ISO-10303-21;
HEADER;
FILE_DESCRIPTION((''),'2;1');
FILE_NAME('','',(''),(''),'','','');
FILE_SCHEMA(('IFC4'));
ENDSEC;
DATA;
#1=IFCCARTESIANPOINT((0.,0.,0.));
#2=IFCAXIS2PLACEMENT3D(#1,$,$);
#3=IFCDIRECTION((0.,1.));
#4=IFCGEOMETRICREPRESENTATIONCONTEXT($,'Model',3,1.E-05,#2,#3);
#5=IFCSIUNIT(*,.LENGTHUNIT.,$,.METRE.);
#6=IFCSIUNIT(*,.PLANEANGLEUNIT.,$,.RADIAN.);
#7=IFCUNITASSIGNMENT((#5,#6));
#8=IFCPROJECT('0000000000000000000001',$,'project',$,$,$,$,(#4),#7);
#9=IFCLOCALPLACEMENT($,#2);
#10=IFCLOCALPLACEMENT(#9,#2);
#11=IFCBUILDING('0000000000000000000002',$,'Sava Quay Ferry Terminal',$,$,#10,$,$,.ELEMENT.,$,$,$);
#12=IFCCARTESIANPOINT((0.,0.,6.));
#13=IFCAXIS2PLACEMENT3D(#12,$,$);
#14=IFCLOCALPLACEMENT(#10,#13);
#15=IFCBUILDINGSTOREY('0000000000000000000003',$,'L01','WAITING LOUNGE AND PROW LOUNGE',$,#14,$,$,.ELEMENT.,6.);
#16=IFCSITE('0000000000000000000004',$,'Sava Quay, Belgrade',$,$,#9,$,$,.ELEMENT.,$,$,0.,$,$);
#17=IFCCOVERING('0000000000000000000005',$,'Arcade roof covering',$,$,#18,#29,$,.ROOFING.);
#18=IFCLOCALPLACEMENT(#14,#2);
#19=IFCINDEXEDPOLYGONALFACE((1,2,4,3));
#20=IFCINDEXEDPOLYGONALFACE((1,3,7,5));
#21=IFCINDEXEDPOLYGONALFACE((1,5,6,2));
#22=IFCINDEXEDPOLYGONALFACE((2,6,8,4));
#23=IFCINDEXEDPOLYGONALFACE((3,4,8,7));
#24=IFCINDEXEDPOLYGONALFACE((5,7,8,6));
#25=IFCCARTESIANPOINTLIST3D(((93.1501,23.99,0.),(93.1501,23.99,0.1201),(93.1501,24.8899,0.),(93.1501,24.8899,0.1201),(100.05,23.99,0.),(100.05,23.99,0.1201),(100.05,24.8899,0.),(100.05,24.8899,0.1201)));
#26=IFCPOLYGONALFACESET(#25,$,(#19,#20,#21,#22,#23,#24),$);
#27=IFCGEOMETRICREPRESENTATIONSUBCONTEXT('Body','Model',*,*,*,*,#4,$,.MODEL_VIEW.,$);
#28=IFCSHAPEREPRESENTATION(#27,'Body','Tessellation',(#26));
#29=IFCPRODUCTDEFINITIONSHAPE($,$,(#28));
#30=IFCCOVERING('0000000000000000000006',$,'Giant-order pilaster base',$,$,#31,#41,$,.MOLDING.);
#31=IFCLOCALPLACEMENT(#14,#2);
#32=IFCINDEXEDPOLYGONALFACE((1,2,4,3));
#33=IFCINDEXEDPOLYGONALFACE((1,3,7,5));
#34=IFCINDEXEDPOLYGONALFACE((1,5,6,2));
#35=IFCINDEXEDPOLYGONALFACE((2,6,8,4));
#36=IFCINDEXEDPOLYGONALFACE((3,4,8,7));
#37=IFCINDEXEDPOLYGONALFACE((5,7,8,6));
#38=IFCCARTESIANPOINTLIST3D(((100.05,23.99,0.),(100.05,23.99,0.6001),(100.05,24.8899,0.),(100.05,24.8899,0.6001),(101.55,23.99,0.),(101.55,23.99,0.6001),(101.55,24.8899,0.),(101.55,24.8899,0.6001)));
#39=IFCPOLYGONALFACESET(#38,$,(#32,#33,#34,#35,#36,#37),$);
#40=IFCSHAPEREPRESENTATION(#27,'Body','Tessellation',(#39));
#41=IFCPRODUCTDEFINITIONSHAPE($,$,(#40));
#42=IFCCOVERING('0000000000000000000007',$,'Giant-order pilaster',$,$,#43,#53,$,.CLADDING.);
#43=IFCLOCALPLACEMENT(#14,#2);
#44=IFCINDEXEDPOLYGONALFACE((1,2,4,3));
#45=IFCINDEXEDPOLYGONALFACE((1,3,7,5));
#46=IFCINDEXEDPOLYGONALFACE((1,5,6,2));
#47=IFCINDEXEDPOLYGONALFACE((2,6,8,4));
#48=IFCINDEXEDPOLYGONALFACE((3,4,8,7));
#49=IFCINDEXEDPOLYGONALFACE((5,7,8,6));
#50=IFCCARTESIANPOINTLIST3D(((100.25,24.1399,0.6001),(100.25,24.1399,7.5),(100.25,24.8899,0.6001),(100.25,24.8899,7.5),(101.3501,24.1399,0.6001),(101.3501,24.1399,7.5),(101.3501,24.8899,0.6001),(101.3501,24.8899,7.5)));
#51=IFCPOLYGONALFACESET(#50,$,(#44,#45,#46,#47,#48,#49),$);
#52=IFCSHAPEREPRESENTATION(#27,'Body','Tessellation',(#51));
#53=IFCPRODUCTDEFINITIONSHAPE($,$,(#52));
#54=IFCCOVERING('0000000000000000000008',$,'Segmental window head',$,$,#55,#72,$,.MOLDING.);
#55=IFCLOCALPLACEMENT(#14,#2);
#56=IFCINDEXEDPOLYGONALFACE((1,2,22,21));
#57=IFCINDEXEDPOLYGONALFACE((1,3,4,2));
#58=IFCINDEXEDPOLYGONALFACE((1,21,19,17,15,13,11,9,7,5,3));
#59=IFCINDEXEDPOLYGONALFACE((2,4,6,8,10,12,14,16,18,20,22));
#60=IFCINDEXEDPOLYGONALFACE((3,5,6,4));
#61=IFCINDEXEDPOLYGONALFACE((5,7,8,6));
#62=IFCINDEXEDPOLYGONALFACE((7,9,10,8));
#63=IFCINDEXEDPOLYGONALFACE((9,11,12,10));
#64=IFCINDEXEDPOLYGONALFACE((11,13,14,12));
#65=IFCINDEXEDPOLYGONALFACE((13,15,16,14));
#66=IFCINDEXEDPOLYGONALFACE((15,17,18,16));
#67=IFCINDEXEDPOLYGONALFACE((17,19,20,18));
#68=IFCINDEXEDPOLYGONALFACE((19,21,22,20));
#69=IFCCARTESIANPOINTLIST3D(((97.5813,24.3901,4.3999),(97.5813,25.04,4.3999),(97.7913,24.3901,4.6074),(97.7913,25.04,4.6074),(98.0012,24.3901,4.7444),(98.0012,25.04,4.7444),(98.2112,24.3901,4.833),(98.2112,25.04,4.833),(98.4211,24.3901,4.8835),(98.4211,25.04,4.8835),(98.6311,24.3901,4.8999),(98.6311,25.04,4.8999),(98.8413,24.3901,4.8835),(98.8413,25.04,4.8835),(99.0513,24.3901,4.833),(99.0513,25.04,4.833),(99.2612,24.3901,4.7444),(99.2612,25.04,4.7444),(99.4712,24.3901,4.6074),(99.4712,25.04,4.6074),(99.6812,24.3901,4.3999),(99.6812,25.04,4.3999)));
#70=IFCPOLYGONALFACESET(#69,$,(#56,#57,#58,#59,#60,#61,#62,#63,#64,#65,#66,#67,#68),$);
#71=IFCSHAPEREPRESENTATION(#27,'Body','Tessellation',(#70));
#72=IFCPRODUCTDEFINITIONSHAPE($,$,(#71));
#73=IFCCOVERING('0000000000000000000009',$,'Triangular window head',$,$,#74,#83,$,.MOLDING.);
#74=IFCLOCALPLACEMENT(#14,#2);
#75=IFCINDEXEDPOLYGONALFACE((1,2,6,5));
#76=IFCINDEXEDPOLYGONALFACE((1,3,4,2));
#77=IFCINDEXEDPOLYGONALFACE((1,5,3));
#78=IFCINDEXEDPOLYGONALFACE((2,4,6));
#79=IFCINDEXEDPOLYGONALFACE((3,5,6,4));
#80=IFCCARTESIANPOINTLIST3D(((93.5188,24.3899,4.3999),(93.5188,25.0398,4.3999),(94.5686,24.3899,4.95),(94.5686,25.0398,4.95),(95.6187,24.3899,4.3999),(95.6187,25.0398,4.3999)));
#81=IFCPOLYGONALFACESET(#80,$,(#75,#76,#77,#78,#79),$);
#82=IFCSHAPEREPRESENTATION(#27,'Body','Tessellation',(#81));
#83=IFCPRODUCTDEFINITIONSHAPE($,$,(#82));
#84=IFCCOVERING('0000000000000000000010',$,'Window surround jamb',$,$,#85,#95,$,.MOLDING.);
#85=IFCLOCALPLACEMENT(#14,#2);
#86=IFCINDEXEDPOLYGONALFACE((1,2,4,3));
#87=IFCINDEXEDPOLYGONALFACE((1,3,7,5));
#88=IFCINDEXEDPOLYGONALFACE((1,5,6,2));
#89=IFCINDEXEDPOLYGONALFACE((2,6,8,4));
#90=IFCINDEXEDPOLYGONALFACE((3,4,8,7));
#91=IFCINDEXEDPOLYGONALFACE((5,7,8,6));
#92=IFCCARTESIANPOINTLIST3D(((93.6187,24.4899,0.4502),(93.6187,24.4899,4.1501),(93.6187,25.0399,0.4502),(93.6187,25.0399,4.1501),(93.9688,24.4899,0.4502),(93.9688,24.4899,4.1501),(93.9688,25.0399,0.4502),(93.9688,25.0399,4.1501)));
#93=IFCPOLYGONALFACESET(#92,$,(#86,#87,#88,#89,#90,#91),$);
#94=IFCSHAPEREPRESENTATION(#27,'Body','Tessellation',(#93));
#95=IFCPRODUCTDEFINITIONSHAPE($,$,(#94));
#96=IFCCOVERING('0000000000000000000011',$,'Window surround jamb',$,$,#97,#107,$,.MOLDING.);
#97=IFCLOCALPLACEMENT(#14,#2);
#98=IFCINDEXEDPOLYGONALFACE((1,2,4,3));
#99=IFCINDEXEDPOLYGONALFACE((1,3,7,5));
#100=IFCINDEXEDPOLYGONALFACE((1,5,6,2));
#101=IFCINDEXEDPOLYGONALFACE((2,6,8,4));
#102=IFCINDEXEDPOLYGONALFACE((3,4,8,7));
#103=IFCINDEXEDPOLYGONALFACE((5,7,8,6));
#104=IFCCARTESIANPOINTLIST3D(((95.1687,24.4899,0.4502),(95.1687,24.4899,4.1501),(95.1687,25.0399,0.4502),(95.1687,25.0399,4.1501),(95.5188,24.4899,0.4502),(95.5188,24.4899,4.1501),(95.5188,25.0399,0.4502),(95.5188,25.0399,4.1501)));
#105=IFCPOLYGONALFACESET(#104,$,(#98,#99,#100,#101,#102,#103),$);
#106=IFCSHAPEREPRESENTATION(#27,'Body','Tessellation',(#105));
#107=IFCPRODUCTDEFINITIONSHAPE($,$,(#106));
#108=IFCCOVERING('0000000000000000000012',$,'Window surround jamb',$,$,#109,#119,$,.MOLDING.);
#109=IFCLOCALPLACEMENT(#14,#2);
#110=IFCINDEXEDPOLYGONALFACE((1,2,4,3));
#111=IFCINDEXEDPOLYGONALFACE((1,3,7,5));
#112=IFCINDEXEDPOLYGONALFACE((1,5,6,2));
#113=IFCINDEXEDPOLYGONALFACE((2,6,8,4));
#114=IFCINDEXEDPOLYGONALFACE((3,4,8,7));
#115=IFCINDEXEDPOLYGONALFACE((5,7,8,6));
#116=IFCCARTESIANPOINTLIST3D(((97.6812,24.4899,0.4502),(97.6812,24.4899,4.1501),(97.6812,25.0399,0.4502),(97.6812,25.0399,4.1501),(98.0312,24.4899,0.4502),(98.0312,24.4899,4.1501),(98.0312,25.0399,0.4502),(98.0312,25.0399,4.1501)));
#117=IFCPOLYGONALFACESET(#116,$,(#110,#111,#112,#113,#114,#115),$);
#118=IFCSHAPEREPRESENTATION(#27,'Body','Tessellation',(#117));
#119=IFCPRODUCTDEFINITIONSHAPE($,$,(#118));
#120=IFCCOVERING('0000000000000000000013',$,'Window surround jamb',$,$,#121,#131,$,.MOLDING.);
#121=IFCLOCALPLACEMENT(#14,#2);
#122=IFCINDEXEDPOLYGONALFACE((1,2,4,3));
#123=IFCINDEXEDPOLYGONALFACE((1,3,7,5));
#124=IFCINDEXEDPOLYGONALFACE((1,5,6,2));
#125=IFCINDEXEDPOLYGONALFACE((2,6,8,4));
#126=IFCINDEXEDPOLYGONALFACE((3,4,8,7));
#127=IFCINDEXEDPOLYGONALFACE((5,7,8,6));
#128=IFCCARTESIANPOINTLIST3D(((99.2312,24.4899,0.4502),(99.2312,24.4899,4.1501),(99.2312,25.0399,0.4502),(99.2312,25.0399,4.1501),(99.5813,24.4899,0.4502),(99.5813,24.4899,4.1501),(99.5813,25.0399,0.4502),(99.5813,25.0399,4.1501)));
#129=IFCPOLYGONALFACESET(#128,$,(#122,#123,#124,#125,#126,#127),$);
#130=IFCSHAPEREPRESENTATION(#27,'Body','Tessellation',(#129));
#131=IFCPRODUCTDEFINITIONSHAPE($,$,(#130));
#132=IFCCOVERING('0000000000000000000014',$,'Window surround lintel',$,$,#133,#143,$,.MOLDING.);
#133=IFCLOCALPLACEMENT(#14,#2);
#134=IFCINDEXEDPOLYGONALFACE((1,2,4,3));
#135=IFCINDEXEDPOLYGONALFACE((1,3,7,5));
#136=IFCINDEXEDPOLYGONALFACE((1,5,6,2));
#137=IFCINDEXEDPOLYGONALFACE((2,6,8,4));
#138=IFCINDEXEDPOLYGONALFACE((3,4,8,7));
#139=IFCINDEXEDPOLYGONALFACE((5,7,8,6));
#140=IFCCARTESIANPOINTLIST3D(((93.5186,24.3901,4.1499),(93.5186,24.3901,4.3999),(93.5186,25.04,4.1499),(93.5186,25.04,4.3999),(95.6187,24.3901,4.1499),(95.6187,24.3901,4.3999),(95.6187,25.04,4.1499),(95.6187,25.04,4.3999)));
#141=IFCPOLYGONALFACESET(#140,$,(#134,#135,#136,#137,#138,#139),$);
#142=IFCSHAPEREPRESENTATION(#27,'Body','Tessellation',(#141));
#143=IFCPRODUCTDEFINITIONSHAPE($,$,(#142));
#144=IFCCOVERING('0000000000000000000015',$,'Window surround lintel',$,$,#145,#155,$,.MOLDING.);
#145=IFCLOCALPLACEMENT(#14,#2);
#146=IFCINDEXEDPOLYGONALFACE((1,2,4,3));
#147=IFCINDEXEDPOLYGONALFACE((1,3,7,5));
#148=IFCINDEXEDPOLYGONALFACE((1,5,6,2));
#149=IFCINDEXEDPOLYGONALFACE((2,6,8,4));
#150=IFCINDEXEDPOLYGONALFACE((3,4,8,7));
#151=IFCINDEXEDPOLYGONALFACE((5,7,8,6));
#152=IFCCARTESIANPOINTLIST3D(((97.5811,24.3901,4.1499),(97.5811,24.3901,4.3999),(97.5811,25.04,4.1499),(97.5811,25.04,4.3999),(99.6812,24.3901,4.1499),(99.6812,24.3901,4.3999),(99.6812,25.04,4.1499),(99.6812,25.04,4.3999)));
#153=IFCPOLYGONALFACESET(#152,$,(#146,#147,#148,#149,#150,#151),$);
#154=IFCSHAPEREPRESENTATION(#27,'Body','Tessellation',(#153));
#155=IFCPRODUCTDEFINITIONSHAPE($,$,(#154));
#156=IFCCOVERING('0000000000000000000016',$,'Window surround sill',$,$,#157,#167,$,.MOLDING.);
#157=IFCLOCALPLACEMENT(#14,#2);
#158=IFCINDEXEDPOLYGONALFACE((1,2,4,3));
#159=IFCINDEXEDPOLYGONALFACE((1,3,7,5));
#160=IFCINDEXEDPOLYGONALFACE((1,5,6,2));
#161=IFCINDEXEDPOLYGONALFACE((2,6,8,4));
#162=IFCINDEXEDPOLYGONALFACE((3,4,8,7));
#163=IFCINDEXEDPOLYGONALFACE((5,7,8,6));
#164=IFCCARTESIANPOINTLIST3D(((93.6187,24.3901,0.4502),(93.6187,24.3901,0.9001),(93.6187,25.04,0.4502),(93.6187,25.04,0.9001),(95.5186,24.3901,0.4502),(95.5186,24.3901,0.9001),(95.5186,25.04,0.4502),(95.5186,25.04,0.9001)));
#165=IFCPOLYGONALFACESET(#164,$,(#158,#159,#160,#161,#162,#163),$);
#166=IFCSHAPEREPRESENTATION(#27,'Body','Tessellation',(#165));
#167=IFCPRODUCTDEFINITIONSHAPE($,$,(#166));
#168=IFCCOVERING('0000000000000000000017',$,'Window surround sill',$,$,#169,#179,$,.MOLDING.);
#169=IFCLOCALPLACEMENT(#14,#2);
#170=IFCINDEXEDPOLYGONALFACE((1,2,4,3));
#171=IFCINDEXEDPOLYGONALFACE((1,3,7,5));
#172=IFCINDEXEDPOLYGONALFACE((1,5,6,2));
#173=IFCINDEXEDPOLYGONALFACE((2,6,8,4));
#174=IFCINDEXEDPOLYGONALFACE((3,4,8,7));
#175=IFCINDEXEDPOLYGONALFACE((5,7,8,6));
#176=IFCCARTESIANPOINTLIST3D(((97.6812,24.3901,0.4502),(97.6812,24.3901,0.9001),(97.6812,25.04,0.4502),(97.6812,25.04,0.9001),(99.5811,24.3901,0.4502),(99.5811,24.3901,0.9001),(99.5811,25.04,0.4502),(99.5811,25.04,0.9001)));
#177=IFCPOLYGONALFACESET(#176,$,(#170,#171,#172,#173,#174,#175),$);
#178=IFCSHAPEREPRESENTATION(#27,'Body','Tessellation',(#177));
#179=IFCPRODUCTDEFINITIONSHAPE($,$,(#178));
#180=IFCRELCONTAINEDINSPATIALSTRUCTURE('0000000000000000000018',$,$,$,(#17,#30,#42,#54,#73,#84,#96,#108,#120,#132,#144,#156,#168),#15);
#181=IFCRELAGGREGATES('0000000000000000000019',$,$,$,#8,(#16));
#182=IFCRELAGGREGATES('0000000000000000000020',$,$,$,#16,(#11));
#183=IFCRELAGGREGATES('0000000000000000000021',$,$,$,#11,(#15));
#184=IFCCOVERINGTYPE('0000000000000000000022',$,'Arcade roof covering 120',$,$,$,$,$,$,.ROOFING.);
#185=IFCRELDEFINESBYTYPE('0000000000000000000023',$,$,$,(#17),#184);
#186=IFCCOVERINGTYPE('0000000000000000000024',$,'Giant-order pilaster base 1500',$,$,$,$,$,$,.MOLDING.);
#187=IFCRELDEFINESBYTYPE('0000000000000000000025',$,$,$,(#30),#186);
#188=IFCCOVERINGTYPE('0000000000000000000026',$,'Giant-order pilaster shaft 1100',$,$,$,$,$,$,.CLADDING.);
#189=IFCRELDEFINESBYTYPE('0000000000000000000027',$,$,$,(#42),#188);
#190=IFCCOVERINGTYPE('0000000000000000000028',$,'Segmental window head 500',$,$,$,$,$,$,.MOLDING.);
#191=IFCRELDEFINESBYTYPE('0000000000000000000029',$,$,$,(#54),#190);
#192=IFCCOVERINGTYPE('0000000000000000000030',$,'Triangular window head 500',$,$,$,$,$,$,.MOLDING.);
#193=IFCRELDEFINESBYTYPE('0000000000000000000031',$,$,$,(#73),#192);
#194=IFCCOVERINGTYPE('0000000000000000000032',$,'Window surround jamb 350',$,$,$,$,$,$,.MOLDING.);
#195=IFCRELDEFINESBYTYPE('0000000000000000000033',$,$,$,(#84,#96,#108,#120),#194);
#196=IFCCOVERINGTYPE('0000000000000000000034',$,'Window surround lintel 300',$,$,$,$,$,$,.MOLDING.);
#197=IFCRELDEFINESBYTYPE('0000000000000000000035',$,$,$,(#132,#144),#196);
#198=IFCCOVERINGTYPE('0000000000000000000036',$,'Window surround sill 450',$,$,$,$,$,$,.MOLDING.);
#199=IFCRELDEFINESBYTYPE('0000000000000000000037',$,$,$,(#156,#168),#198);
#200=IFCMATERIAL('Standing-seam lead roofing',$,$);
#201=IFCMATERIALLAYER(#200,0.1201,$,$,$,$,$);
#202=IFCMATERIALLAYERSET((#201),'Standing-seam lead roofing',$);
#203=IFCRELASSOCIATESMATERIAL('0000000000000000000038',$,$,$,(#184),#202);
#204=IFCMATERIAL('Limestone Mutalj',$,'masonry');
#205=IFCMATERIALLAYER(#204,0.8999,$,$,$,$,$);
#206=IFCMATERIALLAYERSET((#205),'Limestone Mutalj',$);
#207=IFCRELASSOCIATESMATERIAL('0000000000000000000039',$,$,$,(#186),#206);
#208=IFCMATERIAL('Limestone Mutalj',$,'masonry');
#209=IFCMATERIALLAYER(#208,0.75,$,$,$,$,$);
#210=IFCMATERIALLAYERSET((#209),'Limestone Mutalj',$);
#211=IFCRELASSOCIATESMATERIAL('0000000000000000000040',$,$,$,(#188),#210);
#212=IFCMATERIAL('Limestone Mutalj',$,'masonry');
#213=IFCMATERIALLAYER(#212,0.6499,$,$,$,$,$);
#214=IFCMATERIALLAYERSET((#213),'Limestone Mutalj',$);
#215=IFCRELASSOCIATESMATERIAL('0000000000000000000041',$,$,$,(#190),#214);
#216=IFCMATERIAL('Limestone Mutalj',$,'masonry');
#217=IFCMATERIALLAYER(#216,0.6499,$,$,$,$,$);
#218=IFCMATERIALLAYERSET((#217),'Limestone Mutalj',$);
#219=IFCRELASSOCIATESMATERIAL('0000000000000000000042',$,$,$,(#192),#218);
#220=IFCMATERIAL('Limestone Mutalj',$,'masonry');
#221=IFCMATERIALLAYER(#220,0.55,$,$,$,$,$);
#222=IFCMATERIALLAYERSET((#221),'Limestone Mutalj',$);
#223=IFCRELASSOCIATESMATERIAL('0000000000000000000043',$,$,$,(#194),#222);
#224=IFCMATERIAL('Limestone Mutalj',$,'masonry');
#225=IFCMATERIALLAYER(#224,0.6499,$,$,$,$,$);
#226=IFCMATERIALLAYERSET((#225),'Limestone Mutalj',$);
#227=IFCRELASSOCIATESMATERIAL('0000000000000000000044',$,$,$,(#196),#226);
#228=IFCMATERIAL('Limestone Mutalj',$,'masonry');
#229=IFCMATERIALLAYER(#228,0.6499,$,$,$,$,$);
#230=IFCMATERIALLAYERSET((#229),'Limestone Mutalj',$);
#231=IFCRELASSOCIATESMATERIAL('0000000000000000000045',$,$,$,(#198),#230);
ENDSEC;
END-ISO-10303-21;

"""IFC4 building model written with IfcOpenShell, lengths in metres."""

from ifc_helpers import new_model, si_unit, direction, frame, origin, origin_2d, place, context, subcontext, project, spatial, polyline, rectangle, outline, extrude, material, layer, layer_set, type_object, element, save


model = new_model("IFC4")

# Units and contexts
model_context = context("Model", 3, precision=1e-05, world=origin(), true_north=direction((0.0, 1.0)))
body_context = subcontext(model_context, "Body", "Model", "MODEL_VIEW")
ifc_project = project(units=[si_unit("LENGTHUNIT", "METRE"), si_unit("PLANEANGLEUNIT", "RADIAN")], contexts=[model_context])

# Site, building, storey
site_placement = place(None, origin())
site = spatial("IfcSite", under=ifc_project, at=site_placement, Name="Sava Quay, Belgrade", CompositionType="ELEMENT", RefElevation=0.0)
building_placement = place(site_placement, origin())
building = spatial("IfcBuilding", under=site, at=building_placement, Name="Sava Quay Ferry Terminal", CompositionType="ELEMENT")
storey_placement = place(building_placement, frame((0.0, 0.0, 6.0)))
storey = spatial("IfcBuildingStorey", under=building, at=storey_placement, Name="L01", Description="WAITING LOUNGE AND PROW LOUNGE", CompositionType="ELEMENT", Elevation=6.0)

# Coverings
ifc_material_1 = material(Name="Standing-seam lead roofing")
ifc_layer_1 = layer(ifc_material_1, 0.1201)
ifc_layer_set_1 = layer_set([ifc_layer_1], Name="Standing-seam lead roofing")
covering_type_1 = type_object("IfcCoveringType", Name="Arcade roof covering 120", PredefinedType="ROOFING", material=ifc_layer_set_1)
covering_1_placement = place(storey_placement, frame((96.6001, 24.4399, 0.0), z_axis=(0.0, 0.0, 1.0), x_axis=(1.0, 0.0, 0.0)))
element("IfcCovering", 1, at=covering_1_placement, inside=storey, type_object=covering_type_1, Name="Arcade roof covering", PredefinedType="ROOFING", context=body_context, shape_type="SweptSolid", body=[
    extrude(rectangle(XDim=6.8999, YDim=0.8999, at=origin_2d()), origin(), (0.0, 0.0, 1.0), 0.1201),
])
ifc_material_2 = material(Name="Limestone Mutalj", Category="masonry")
ifc_layer_2 = layer(ifc_material_2, 0.8999)
ifc_layer_set_2 = layer_set([ifc_layer_2], Name="Limestone Mutalj")
covering_type_2 = type_object("IfcCoveringType", Name="Giant-order pilaster base 1500", PredefinedType="MOLDING", material=ifc_layer_set_2)
covering_2_placement = place(storey_placement, frame((100.8, 24.4399, 0.0), z_axis=(0.0, 0.0, 1.0), x_axis=(1.0, 0.0, 0.0)))
element("IfcCovering", 2, at=covering_2_placement, inside=storey, type_object=covering_type_2, Name="Giant-order pilaster base", PredefinedType="MOLDING", context=body_context, shape_type="SweptSolid", body=[
    extrude(rectangle(XDim=1.5, YDim=0.8999, at=origin_2d()), origin(), (0.0, 0.0, 1.0), 0.6001),
])
ifc_material_3 = material(Name="Limestone Mutalj", Category="masonry")
ifc_layer_3 = layer(ifc_material_3, 0.75)
ifc_layer_set_3 = layer_set([ifc_layer_3], Name="Limestone Mutalj")
covering_type_3 = type_object("IfcCoveringType", Name="Giant-order pilaster shaft 1100", PredefinedType="CLADDING", material=ifc_layer_set_3)
covering_3_placement = place(storey_placement, frame((100.8, 24.5149, 0.6001), z_axis=(0.0, 0.0, 1.0), x_axis=(1.0, 0.0, 0.0)))
element("IfcCovering", 3, at=covering_3_placement, inside=storey, type_object=covering_type_3, Name="Giant-order pilaster", PredefinedType="CLADDING", context=body_context, shape_type="SweptSolid", body=[
    extrude(rectangle(XDim=1.1001, YDim=0.75, at=origin_2d()), origin(), (0.0, 0.0, 1.0), 6.8999),
])
ifc_material_4 = material(Name="Limestone Mutalj", Category="masonry")
ifc_layer_4 = layer(ifc_material_4, 0.6499)
ifc_layer_set_4 = layer_set([ifc_layer_4], Name="Limestone Mutalj")
covering_type_4 = type_object("IfcCoveringType", Name="Segmental window head 500", PredefinedType="MOLDING", material=ifc_layer_set_4)
covering_4_placement = place(storey_placement, frame((97.5813, 25.04, 4.3999), z_axis=(0.0, 1.0, 0.0), x_axis=(0.71123, 0.0, 0.70296)))
element("IfcCovering", 4, at=covering_4_placement, inside=storey, type_object=covering_type_4, Name="Segmental window head", PredefinedType="MOLDING", context=body_context, shape_type="SweptSolid", body=[
    extrude(outline(polyline([(0.0, 0.0), (0.2952, 0.0), (0.5408, 0.0502), (0.7524, 0.1347), (0.9373, 0.2464), (1.0981, 0.3824), (1.2361, 0.5418), (1.3499, 0.7253), (1.437, 0.9359), (1.49, 1.1809), (1.4935, 1.4761), (0.0, 0.0)])), origin(), (0.0, 0.0, -1.0), 0.6499),
])
ifc_material_5 = material(Name="Limestone Mutalj", Category="masonry")
ifc_layer_5 = layer(ifc_material_5, 0.6499)
ifc_layer_set_5 = layer_set([ifc_layer_5], Name="Limestone Mutalj")
covering_type_5 = type_object("IfcCoveringType", Name="Triangular window head 500", PredefinedType="MOLDING", material=ifc_layer_set_5)
covering_5_placement = place(storey_placement, frame((93.5188, 24.3899, 4.3999), z_axis=(0.0, -1.0, 0.0), x_axis=(1.0, 0.0, 0.0)))
element("IfcCovering", 5, at=covering_5_placement, inside=storey, type_object=covering_type_5, Name="Triangular window head", PredefinedType="MOLDING", context=body_context, shape_type="SweptSolid", body=[
    extrude(outline(polyline([(0.0, 0.0), (2.0999, 0.0), (1.0498, 0.55), (0.0, 0.0)])), origin(), (0.0, 0.0, -1.0), 0.6499),
])
ifc_material_6 = material(Name="Limestone Mutalj", Category="masonry")
ifc_layer_6 = layer(ifc_material_6, 0.55)
ifc_layer_set_6 = layer_set([ifc_layer_6], Name="Limestone Mutalj")
covering_type_6 = type_object("IfcCoveringType", Name="Window surround jamb 350", PredefinedType="MOLDING", material=ifc_layer_set_6)
for number, where, z_axis, x_axis, name in (
    (6, (93.7937, 24.7649, 0.4502), (0.0, 0.0, 1.0), (1.0, 0.0, 0.0), "Window surround jamb"),
    (7, (95.3438, 24.7649, 0.4502), (0.0, 0.0, 1.0), (1.0, 0.0, 0.0), "Window surround jamb"),
    (8, (97.8562, 24.7649, 0.4502), (0.0, 0.0, 1.0), (1.0, 0.0, 0.0), "Window surround jamb"),
    (9, (99.4062, 24.7649, 0.4502), (0.0, 0.0, 1.0), (1.0, 0.0, 0.0), "Window surround jamb"),
):
    element("IfcCovering", number, at=place(storey_placement, frame(where, z_axis=z_axis, x_axis=x_axis)), inside=storey, type_object=covering_type_6, Name=name, PredefinedType="MOLDING", context=body_context, shape_type="SweptSolid", body=[
        extrude(rectangle(XDim=0.3501, YDim=0.55, at=origin_2d()), origin(), (0.0, 0.0, 1.0), 3.7),
    ])
ifc_material_7 = material(Name="Limestone Mutalj", Category="masonry")
ifc_layer_7 = layer(ifc_material_7, 0.6499)
ifc_layer_set_7 = layer_set([ifc_layer_7], Name="Limestone Mutalj")
covering_type_7 = type_object("IfcCoveringType", Name="Window surround lintel 300", PredefinedType="MOLDING", material=ifc_layer_set_7)
for number, where, z_axis, x_axis, name in (
    (10, (94.5686, 24.7151, 4.1499), (0.0, 0.0, 1.0), (1.0, 0.0, 0.0), "Window surround lintel"),
    (11, (98.6311, 24.7151, 4.1499), (0.0, 0.0, 1.0), (1.0, 0.0, 0.0), "Window surround lintel"),
):
    element("IfcCovering", number, at=place(storey_placement, frame(where, z_axis=z_axis, x_axis=x_axis)), inside=storey, type_object=covering_type_7, Name=name, PredefinedType="MOLDING", context=body_context, shape_type="SweptSolid", body=[
        extrude(rectangle(XDim=2.1001, YDim=0.6499, at=origin_2d()), origin(), (0.0, 0.0, 1.0), 0.25),
    ])
ifc_material_8 = material(Name="Limestone Mutalj", Category="masonry")
ifc_layer_8 = layer(ifc_material_8, 0.6499)
ifc_layer_set_8 = layer_set([ifc_layer_8], Name="Limestone Mutalj")
covering_type_8 = type_object("IfcCoveringType", Name="Window surround sill 450", PredefinedType="MOLDING", material=ifc_layer_set_8)
for number, where, z_axis, x_axis, name in (
    (12, (94.5686, 24.7151, 0.4502), (0.0, 0.0, 1.0), (1.0, 0.0, 0.0), "Window surround sill"),
    (13, (98.6311, 24.7151, 0.4502), (0.0, 0.0, 1.0), (1.0, 0.0, 0.0), "Window surround sill"),
):
    element("IfcCovering", number, at=place(storey_placement, frame(where, z_axis=z_axis, x_axis=x_axis)), inside=storey, type_object=covering_type_8, Name=name, PredefinedType="MOLDING", context=body_context, shape_type="SweptSolid", body=[
        extrude(rectangle(XDim=1.8999, YDim=0.6499, at=origin_2d()), origin(), (0.0, 0.0, 1.0), 0.45),
    ])

save(model, "model.ifc")
